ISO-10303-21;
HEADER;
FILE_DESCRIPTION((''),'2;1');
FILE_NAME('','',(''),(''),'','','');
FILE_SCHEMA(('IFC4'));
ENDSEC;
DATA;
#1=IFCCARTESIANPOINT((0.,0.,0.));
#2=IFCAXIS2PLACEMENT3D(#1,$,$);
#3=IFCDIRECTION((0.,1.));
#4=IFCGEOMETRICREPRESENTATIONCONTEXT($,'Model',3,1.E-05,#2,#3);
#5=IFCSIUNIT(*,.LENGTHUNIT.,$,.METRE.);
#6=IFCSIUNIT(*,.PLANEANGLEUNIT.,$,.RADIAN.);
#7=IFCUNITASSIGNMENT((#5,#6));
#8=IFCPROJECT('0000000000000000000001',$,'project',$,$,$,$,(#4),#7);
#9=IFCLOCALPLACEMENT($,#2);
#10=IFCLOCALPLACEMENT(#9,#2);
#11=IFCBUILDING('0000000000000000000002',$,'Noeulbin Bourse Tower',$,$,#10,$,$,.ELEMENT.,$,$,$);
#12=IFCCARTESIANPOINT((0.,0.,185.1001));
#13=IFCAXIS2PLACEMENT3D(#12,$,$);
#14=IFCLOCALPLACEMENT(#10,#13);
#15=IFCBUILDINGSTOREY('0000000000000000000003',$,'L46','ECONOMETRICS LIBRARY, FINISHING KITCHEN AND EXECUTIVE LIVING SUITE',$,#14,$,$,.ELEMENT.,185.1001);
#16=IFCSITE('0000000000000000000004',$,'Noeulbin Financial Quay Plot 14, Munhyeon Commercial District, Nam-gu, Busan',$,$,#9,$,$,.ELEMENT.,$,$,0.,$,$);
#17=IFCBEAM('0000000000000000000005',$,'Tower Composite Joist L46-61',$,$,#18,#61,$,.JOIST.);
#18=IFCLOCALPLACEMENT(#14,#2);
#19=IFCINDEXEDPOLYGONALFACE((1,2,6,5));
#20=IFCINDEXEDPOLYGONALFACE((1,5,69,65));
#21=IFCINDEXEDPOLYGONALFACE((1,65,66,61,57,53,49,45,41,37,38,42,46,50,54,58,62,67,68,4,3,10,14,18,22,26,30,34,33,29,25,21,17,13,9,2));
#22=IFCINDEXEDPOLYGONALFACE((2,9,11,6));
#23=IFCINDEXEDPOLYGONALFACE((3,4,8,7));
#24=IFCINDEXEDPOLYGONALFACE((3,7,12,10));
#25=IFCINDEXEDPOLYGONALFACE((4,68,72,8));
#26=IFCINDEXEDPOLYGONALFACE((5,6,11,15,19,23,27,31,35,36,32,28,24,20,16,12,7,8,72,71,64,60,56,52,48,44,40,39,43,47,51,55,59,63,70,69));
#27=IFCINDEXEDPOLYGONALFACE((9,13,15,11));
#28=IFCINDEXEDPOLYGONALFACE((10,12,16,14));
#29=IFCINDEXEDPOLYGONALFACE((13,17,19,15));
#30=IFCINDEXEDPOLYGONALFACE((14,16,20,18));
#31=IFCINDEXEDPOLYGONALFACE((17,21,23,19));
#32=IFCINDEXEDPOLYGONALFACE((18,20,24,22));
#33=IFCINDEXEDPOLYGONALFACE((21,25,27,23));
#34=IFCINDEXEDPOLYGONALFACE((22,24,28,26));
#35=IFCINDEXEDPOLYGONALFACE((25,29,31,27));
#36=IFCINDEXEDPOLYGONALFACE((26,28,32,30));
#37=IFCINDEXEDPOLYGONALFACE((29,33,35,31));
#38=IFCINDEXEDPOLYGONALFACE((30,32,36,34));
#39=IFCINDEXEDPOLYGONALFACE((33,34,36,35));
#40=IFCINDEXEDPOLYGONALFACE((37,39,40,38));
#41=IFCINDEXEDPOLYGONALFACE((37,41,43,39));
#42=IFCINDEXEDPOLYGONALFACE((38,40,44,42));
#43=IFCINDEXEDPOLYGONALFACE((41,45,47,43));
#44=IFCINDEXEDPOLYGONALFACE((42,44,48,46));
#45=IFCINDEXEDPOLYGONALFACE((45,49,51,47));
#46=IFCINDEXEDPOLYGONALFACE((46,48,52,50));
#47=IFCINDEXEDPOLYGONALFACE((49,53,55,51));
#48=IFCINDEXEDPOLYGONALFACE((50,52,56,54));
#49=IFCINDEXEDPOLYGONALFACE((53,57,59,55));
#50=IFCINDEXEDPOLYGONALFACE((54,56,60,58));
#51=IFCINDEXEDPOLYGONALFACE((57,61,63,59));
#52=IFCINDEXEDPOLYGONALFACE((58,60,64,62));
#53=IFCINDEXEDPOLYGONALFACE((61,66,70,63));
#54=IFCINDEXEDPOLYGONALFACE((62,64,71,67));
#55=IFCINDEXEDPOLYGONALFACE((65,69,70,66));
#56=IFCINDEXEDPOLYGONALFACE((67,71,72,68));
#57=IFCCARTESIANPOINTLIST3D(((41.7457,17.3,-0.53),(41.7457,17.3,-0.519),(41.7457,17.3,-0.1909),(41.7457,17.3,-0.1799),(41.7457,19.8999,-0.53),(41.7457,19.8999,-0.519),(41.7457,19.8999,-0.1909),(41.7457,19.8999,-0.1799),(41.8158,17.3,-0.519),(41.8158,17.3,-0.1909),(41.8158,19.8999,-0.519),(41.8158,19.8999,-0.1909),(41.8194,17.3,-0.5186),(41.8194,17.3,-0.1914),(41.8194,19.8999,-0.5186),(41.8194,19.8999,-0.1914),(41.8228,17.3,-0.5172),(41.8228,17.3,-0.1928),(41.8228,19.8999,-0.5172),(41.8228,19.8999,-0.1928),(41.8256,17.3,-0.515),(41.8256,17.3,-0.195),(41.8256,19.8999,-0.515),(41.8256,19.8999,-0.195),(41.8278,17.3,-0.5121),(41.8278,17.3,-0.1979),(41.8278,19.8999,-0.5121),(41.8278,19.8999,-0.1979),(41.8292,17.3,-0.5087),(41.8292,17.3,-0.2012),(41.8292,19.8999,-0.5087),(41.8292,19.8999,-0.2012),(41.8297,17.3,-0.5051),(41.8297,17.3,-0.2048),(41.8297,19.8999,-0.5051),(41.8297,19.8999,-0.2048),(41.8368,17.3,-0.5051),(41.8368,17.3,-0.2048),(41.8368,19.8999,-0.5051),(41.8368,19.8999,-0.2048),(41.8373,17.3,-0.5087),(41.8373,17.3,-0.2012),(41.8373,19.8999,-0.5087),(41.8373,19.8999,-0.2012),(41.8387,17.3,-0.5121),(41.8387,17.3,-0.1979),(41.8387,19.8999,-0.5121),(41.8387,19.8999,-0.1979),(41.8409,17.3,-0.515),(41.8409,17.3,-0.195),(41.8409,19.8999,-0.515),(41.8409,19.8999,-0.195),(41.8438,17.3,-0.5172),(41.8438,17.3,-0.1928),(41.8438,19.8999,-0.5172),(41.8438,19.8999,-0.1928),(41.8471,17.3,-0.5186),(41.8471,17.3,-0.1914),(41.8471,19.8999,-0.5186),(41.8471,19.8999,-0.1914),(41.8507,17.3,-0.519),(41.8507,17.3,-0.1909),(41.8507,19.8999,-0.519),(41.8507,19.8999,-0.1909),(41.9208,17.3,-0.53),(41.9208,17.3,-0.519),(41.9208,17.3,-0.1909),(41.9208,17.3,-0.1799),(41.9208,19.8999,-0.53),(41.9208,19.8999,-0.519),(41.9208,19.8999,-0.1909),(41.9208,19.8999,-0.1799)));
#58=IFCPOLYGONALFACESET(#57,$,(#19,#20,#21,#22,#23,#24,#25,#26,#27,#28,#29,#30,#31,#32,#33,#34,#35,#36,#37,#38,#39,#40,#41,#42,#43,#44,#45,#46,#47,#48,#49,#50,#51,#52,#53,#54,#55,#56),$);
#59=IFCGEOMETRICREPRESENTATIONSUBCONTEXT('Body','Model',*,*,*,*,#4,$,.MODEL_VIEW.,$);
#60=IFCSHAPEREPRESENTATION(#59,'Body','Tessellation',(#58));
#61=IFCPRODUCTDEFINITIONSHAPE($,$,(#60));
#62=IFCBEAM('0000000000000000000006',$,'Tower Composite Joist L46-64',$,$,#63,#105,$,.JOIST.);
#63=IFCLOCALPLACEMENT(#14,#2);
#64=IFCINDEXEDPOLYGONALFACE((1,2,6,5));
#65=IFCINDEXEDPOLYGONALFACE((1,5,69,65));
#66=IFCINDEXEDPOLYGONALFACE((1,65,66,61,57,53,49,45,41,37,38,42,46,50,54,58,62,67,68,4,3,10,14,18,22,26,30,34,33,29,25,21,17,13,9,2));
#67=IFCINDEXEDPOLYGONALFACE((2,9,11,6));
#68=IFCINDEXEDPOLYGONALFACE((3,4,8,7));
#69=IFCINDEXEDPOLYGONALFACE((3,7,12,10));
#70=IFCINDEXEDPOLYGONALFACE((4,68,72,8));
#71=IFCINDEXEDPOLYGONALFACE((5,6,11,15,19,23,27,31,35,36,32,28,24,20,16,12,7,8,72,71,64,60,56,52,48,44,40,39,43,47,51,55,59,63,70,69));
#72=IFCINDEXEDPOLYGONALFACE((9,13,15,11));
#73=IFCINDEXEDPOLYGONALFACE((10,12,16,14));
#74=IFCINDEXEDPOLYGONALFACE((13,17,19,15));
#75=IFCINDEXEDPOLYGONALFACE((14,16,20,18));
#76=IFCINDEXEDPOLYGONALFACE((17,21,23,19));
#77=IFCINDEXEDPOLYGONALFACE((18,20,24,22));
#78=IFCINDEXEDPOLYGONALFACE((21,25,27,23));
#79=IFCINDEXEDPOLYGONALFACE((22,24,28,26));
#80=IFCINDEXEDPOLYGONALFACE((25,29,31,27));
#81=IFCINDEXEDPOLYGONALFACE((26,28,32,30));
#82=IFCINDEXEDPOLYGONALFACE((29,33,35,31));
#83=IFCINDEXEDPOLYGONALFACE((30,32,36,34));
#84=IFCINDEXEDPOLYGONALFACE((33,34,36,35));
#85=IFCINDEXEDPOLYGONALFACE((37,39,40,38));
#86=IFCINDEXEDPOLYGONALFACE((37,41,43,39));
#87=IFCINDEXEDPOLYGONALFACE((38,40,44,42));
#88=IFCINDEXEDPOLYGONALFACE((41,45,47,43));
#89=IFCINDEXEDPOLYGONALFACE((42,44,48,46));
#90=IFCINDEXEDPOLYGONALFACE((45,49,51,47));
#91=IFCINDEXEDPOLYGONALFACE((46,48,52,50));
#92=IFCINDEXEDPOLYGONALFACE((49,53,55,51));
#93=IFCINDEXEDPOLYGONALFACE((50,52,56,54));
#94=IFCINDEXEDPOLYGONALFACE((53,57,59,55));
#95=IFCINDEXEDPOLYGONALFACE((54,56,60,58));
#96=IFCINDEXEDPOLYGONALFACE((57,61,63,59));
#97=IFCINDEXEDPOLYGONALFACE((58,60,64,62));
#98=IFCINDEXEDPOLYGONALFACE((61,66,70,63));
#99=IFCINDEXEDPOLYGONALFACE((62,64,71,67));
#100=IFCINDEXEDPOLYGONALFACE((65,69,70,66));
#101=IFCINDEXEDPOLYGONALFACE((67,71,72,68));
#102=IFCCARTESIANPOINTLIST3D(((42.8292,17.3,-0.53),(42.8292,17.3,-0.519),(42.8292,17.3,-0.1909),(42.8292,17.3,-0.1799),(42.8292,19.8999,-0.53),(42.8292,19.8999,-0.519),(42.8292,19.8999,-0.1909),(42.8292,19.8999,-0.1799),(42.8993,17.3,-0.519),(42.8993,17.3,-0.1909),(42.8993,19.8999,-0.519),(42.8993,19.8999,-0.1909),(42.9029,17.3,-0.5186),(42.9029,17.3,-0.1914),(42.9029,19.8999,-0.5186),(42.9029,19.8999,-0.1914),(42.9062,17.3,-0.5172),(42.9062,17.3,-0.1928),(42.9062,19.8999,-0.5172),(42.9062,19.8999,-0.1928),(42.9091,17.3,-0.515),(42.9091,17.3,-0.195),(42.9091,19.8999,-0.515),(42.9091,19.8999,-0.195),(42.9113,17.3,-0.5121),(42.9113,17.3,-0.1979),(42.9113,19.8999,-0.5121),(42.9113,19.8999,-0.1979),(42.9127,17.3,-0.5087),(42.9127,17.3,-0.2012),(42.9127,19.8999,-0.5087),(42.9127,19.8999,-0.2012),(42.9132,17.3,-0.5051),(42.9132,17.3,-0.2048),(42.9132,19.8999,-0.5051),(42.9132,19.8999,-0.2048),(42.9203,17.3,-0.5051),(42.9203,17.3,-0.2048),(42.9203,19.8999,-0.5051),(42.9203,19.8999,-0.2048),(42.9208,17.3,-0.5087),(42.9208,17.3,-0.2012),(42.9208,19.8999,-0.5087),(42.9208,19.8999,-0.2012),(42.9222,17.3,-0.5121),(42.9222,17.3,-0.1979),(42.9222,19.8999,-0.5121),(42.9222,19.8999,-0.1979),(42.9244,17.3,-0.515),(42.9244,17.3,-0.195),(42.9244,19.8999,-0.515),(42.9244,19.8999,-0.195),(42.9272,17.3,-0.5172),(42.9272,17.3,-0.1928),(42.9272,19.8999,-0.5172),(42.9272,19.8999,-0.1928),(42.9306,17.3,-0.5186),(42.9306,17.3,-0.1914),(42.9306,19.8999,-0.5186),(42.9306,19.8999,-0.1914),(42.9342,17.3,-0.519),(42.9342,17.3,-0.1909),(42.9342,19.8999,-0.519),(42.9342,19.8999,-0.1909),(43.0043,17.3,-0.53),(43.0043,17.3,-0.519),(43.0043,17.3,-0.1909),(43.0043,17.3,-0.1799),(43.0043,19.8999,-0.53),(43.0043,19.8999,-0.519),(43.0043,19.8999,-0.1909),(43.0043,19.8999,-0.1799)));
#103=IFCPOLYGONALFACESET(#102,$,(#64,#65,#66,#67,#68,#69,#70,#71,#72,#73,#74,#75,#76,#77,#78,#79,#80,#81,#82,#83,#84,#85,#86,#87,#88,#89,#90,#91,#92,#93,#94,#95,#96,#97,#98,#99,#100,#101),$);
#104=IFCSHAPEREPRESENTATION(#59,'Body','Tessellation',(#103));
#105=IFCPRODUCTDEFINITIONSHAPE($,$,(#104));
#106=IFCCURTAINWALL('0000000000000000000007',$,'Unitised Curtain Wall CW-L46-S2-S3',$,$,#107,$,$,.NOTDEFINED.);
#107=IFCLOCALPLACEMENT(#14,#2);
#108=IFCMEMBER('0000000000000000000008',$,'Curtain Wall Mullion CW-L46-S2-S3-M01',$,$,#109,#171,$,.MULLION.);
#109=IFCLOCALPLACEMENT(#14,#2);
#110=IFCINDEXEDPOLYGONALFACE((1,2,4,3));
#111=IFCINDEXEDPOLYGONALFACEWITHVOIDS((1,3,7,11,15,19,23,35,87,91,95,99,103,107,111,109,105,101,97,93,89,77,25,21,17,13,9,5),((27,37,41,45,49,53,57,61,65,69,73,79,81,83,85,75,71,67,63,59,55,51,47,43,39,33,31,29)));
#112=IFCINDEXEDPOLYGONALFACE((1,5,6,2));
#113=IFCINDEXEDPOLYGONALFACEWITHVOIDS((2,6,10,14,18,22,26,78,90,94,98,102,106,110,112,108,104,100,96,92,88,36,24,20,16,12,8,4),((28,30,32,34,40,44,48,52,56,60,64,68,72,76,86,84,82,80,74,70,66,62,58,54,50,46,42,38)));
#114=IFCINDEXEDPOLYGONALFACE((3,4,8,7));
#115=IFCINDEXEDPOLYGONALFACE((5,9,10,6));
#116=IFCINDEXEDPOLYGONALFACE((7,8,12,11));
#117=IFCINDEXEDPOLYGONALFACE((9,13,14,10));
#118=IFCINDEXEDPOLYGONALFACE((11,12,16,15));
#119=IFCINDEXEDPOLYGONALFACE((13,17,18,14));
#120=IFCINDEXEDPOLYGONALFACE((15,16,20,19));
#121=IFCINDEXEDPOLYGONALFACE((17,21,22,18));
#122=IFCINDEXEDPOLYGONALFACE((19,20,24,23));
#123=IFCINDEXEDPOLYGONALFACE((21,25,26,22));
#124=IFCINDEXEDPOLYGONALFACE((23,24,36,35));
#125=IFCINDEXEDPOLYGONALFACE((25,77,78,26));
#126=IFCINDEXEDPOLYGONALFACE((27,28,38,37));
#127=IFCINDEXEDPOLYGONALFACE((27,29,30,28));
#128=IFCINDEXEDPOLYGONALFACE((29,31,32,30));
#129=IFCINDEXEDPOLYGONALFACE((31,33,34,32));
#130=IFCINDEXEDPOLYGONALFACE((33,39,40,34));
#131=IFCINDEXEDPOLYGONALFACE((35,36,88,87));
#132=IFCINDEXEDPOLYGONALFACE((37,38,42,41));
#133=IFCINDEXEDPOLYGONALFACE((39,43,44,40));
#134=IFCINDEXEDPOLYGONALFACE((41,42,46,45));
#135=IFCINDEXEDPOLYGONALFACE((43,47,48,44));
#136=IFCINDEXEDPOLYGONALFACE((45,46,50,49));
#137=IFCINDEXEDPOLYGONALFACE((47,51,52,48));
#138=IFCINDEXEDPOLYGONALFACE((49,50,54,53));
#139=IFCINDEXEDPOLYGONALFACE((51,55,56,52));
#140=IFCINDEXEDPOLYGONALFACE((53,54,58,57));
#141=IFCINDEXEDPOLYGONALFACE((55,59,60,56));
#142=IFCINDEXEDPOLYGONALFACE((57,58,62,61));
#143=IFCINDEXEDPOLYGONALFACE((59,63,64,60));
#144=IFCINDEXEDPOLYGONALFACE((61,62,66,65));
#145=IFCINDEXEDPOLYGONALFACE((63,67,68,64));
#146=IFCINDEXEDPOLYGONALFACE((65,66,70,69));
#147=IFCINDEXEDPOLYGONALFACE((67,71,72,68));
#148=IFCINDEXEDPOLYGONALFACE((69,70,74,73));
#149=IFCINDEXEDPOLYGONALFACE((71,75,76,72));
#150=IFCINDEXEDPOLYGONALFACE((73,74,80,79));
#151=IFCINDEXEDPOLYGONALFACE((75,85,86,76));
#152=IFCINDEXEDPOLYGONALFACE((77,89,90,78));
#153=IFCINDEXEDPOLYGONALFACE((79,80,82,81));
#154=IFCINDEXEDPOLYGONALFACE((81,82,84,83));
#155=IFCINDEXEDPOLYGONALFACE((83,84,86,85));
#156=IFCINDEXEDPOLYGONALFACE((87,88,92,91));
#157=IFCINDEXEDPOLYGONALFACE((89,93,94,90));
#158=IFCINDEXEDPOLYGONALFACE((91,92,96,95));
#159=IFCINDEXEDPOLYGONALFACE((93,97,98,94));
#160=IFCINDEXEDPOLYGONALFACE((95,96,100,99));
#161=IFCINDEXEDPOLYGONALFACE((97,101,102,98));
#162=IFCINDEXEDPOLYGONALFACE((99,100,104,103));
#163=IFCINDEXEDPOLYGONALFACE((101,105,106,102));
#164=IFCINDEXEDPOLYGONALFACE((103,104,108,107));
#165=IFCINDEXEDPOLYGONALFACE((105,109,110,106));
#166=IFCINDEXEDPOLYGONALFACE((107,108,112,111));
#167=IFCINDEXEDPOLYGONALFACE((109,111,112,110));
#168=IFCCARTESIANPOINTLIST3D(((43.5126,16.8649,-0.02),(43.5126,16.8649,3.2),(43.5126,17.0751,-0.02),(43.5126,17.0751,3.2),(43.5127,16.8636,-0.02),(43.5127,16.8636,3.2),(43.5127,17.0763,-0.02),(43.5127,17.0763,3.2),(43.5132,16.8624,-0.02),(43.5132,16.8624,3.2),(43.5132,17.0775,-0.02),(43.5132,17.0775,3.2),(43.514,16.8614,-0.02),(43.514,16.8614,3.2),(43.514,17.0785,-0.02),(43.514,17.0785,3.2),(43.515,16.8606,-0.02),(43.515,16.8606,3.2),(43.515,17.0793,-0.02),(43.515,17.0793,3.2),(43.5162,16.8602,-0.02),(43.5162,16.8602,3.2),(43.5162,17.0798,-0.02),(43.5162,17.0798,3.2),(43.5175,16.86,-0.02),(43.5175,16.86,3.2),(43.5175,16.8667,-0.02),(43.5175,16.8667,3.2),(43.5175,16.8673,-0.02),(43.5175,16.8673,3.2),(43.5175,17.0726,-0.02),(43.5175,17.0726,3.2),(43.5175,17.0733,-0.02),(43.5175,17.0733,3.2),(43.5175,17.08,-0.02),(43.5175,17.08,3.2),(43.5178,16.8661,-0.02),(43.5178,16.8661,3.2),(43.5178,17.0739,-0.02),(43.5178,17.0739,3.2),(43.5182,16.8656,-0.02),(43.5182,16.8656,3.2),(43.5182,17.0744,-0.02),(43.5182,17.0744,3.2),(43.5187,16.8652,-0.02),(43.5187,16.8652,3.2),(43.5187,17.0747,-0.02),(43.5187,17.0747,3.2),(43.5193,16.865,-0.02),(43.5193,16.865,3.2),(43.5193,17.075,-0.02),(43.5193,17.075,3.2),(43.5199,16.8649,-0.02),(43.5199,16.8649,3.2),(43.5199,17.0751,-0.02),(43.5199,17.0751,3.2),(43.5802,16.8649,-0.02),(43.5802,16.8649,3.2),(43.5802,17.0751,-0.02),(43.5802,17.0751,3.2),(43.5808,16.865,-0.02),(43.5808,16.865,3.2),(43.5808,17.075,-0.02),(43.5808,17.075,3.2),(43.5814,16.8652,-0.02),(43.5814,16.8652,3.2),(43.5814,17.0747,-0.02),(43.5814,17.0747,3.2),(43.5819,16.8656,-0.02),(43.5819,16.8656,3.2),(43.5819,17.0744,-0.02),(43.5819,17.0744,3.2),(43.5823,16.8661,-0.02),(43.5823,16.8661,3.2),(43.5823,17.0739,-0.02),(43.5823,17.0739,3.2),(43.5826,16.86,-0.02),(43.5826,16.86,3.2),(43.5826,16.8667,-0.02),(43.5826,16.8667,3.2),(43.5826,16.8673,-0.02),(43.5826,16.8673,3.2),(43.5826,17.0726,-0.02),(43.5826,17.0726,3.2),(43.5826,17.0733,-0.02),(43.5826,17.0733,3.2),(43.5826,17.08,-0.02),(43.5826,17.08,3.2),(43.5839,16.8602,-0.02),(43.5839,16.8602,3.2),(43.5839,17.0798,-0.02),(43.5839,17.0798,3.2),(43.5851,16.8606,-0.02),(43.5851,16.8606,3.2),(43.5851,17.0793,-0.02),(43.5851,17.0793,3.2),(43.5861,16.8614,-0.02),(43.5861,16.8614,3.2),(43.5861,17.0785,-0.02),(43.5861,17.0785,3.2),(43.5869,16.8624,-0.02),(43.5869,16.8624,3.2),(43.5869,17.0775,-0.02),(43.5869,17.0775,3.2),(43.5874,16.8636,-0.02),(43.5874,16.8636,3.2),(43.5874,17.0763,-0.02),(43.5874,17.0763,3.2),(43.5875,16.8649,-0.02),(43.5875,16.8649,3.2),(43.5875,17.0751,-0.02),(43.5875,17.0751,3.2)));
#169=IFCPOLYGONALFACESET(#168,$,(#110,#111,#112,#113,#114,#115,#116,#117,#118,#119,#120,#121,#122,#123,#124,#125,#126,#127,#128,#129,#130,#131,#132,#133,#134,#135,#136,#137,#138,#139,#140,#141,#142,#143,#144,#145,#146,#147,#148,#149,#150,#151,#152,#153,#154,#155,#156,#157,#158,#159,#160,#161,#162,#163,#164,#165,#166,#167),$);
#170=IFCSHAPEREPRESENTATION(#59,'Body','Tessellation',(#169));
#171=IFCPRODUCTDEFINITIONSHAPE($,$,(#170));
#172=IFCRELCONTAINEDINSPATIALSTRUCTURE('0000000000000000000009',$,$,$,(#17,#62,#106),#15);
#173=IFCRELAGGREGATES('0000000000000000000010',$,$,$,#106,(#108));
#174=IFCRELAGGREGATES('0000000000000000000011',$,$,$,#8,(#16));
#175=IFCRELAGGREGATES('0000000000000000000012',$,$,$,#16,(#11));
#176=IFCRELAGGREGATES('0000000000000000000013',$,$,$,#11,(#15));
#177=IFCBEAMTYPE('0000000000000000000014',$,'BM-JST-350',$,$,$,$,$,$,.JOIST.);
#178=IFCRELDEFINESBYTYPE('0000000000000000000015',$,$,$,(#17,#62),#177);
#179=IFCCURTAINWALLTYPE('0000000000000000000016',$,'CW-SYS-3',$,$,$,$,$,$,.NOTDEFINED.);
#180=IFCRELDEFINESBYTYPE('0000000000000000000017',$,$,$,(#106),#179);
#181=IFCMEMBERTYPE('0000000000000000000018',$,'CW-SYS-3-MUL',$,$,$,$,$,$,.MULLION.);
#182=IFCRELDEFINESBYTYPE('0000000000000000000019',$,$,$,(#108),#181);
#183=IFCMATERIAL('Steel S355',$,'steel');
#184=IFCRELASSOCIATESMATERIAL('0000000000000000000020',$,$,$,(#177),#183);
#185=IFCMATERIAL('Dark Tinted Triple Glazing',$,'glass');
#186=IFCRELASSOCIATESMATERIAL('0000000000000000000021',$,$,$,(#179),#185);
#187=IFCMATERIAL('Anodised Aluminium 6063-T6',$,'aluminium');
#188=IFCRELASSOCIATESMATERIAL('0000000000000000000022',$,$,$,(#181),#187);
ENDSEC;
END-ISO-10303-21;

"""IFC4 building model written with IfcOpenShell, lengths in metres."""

from ifc_helpers import new_model, si_unit, direction, frame, origin, origin_2d, place, context, subcontext, project, spatial, hollow_rectangle, i_section, extrude, material, material_profile, profile_set, type_object, element, aggregate, save


model = new_model("IFC4")

# Units and contexts
model_context = context("Model", 3, precision=1e-05, world=origin(), true_north=direction((0.0, 1.0)))
body_context = subcontext(model_context, "Body", "Model", "MODEL_VIEW")
ifc_project = project(units=[si_unit("LENGTHUNIT", "METRE"), si_unit("PLANEANGLEUNIT", "RADIAN")], contexts=[model_context])

# Site, building, storey
site_placement = place(None, origin())
site = spatial("IfcSite", under=ifc_project, at=site_placement, Name="Noeulbin Financial Quay Plot 14, Munhyeon Commercial District, Nam-gu, Busan", CompositionType="ELEMENT", RefElevation=0.0)
building_placement = place(site_placement, origin())
building = spatial("IfcBuilding", under=site, at=building_placement, Name="Noeulbin Bourse Tower", CompositionType="ELEMENT")
storey_placement = place(building_placement, frame((0.0, 0.0, 185.1001)))
storey = spatial("IfcBuildingStorey", under=building, at=storey_placement, Name="L46", Description="ECONOMETRICS LIBRARY, FINISHING KITCHEN AND EXECUTIVE LIVING SUITE", CompositionType="ELEMENT", Elevation=185.1001)

# Shared definitions
ifc_material_1 = material(Name="Steel S355", Category="steel")

# Beams
ifc_material_profile_1 = material_profile(ifc_material_1, i_section(OverallWidth=0.175, OverallDepth=0.3501, WebThickness=0.0071, FlangeThickness=0.011, FilletRadius=0.0139, at=origin_2d()), Name="H-350x175x7x11", Category="LoadBearing")
ifc_profile_set_1 = profile_set([ifc_material_profile_1], Name="Steel S355")
beam_type_1 = type_object("IfcBeamType", Name="BM-JST-350", PredefinedType="JOIST", material=ifc_profile_set_1)
for number, where, z_axis, x_axis, name in (
    (1, (41.8333, 17.3, -0.355), (0.0, 1.0, 0.0), (-1.0, 0.0, 0.0), "Tower Composite Joist L46-61"),
    (2, (42.9167, 17.3, -0.355), (0.0, 1.0, 0.0), (-1.0, 0.0, 0.0), "Tower Composite Joist L46-64"),
):
    element("IfcBeam", number, at=place(storey_placement, frame(where, z_axis=z_axis, x_axis=x_axis)), inside=storey, type_object=beam_type_1, Name=name, PredefinedType="JOIST", context=body_context, shape_type="SweptSolid", body=[
        extrude(i_section(OverallWidth=0.175, OverallDepth=0.3501, WebThickness=0.0071, FlangeThickness=0.011, FilletRadius=0.0139, at=origin_2d()), origin(), (0.0, 0.0, 1.0), 2.5999),
    ])

# Curtain wall, member
ifc_material_2 = material(Name="Dark Tinted Triple Glazing", Category="glass")
curtain_wall_type = type_object("IfcCurtainWallType", Name="CW-SYS-3", PredefinedType="NOTDEFINED", material=ifc_material_2)
curtain_wall_1_placement = place(storey_placement, origin())
curtain_wall_1 = element("IfcCurtainWall", 3, at=curtain_wall_1_placement, inside=storey, type_object=curtain_wall_type, Name="Unitised Curtain Wall CW-L46-S2-S3", PredefinedType="NOTDEFINED")
ifc_material_3 = material(Name="Anodised Aluminium 6063-T6", Category="aluminium")
ifc_material_profile_2 = material_profile(ifc_material_3, hollow_rectangle(XDim=0.075, YDim=0.22, WallThickness=0.0049, InnerFilletRadius=0.0024, OuterFilletRadius=0.0049, at=origin_2d()), Name="ALU-MULL-75x220x5", Category="LoadBearing")
ifc_profile_set_2 = profile_set([ifc_material_profile_2], Name="Anodised Aluminium 6063-T6")
member_type_1 = type_object("IfcMemberType", Name="CW-SYS-3-MUL", PredefinedType="MULLION", material=ifc_profile_set_2)
member_1_placement = place(storey_placement, frame((43.55, 16.97, -0.02), z_axis=(0.0, 0.0, 1.0), x_axis=(1.0, 0.0, 0.0)))
member_1 = element("IfcMember", 4, at=member_1_placement, type_object=member_type_1, Name="Curtain Wall Mullion CW-L46-S2-S3-M01", PredefinedType="MULLION", context=body_context, shape_type="SweptSolid", body=[
    extrude(hollow_rectangle(XDim=0.075, YDim=0.22, WallThickness=0.0049, InnerFilletRadius=0.0024, OuterFilletRadius=0.0049, at=origin_2d()), origin(), (0.0, 0.0, 1.0), 3.22),
])
aggregate(curtain_wall_1, [member_1])

save(model, "model.ifc")
